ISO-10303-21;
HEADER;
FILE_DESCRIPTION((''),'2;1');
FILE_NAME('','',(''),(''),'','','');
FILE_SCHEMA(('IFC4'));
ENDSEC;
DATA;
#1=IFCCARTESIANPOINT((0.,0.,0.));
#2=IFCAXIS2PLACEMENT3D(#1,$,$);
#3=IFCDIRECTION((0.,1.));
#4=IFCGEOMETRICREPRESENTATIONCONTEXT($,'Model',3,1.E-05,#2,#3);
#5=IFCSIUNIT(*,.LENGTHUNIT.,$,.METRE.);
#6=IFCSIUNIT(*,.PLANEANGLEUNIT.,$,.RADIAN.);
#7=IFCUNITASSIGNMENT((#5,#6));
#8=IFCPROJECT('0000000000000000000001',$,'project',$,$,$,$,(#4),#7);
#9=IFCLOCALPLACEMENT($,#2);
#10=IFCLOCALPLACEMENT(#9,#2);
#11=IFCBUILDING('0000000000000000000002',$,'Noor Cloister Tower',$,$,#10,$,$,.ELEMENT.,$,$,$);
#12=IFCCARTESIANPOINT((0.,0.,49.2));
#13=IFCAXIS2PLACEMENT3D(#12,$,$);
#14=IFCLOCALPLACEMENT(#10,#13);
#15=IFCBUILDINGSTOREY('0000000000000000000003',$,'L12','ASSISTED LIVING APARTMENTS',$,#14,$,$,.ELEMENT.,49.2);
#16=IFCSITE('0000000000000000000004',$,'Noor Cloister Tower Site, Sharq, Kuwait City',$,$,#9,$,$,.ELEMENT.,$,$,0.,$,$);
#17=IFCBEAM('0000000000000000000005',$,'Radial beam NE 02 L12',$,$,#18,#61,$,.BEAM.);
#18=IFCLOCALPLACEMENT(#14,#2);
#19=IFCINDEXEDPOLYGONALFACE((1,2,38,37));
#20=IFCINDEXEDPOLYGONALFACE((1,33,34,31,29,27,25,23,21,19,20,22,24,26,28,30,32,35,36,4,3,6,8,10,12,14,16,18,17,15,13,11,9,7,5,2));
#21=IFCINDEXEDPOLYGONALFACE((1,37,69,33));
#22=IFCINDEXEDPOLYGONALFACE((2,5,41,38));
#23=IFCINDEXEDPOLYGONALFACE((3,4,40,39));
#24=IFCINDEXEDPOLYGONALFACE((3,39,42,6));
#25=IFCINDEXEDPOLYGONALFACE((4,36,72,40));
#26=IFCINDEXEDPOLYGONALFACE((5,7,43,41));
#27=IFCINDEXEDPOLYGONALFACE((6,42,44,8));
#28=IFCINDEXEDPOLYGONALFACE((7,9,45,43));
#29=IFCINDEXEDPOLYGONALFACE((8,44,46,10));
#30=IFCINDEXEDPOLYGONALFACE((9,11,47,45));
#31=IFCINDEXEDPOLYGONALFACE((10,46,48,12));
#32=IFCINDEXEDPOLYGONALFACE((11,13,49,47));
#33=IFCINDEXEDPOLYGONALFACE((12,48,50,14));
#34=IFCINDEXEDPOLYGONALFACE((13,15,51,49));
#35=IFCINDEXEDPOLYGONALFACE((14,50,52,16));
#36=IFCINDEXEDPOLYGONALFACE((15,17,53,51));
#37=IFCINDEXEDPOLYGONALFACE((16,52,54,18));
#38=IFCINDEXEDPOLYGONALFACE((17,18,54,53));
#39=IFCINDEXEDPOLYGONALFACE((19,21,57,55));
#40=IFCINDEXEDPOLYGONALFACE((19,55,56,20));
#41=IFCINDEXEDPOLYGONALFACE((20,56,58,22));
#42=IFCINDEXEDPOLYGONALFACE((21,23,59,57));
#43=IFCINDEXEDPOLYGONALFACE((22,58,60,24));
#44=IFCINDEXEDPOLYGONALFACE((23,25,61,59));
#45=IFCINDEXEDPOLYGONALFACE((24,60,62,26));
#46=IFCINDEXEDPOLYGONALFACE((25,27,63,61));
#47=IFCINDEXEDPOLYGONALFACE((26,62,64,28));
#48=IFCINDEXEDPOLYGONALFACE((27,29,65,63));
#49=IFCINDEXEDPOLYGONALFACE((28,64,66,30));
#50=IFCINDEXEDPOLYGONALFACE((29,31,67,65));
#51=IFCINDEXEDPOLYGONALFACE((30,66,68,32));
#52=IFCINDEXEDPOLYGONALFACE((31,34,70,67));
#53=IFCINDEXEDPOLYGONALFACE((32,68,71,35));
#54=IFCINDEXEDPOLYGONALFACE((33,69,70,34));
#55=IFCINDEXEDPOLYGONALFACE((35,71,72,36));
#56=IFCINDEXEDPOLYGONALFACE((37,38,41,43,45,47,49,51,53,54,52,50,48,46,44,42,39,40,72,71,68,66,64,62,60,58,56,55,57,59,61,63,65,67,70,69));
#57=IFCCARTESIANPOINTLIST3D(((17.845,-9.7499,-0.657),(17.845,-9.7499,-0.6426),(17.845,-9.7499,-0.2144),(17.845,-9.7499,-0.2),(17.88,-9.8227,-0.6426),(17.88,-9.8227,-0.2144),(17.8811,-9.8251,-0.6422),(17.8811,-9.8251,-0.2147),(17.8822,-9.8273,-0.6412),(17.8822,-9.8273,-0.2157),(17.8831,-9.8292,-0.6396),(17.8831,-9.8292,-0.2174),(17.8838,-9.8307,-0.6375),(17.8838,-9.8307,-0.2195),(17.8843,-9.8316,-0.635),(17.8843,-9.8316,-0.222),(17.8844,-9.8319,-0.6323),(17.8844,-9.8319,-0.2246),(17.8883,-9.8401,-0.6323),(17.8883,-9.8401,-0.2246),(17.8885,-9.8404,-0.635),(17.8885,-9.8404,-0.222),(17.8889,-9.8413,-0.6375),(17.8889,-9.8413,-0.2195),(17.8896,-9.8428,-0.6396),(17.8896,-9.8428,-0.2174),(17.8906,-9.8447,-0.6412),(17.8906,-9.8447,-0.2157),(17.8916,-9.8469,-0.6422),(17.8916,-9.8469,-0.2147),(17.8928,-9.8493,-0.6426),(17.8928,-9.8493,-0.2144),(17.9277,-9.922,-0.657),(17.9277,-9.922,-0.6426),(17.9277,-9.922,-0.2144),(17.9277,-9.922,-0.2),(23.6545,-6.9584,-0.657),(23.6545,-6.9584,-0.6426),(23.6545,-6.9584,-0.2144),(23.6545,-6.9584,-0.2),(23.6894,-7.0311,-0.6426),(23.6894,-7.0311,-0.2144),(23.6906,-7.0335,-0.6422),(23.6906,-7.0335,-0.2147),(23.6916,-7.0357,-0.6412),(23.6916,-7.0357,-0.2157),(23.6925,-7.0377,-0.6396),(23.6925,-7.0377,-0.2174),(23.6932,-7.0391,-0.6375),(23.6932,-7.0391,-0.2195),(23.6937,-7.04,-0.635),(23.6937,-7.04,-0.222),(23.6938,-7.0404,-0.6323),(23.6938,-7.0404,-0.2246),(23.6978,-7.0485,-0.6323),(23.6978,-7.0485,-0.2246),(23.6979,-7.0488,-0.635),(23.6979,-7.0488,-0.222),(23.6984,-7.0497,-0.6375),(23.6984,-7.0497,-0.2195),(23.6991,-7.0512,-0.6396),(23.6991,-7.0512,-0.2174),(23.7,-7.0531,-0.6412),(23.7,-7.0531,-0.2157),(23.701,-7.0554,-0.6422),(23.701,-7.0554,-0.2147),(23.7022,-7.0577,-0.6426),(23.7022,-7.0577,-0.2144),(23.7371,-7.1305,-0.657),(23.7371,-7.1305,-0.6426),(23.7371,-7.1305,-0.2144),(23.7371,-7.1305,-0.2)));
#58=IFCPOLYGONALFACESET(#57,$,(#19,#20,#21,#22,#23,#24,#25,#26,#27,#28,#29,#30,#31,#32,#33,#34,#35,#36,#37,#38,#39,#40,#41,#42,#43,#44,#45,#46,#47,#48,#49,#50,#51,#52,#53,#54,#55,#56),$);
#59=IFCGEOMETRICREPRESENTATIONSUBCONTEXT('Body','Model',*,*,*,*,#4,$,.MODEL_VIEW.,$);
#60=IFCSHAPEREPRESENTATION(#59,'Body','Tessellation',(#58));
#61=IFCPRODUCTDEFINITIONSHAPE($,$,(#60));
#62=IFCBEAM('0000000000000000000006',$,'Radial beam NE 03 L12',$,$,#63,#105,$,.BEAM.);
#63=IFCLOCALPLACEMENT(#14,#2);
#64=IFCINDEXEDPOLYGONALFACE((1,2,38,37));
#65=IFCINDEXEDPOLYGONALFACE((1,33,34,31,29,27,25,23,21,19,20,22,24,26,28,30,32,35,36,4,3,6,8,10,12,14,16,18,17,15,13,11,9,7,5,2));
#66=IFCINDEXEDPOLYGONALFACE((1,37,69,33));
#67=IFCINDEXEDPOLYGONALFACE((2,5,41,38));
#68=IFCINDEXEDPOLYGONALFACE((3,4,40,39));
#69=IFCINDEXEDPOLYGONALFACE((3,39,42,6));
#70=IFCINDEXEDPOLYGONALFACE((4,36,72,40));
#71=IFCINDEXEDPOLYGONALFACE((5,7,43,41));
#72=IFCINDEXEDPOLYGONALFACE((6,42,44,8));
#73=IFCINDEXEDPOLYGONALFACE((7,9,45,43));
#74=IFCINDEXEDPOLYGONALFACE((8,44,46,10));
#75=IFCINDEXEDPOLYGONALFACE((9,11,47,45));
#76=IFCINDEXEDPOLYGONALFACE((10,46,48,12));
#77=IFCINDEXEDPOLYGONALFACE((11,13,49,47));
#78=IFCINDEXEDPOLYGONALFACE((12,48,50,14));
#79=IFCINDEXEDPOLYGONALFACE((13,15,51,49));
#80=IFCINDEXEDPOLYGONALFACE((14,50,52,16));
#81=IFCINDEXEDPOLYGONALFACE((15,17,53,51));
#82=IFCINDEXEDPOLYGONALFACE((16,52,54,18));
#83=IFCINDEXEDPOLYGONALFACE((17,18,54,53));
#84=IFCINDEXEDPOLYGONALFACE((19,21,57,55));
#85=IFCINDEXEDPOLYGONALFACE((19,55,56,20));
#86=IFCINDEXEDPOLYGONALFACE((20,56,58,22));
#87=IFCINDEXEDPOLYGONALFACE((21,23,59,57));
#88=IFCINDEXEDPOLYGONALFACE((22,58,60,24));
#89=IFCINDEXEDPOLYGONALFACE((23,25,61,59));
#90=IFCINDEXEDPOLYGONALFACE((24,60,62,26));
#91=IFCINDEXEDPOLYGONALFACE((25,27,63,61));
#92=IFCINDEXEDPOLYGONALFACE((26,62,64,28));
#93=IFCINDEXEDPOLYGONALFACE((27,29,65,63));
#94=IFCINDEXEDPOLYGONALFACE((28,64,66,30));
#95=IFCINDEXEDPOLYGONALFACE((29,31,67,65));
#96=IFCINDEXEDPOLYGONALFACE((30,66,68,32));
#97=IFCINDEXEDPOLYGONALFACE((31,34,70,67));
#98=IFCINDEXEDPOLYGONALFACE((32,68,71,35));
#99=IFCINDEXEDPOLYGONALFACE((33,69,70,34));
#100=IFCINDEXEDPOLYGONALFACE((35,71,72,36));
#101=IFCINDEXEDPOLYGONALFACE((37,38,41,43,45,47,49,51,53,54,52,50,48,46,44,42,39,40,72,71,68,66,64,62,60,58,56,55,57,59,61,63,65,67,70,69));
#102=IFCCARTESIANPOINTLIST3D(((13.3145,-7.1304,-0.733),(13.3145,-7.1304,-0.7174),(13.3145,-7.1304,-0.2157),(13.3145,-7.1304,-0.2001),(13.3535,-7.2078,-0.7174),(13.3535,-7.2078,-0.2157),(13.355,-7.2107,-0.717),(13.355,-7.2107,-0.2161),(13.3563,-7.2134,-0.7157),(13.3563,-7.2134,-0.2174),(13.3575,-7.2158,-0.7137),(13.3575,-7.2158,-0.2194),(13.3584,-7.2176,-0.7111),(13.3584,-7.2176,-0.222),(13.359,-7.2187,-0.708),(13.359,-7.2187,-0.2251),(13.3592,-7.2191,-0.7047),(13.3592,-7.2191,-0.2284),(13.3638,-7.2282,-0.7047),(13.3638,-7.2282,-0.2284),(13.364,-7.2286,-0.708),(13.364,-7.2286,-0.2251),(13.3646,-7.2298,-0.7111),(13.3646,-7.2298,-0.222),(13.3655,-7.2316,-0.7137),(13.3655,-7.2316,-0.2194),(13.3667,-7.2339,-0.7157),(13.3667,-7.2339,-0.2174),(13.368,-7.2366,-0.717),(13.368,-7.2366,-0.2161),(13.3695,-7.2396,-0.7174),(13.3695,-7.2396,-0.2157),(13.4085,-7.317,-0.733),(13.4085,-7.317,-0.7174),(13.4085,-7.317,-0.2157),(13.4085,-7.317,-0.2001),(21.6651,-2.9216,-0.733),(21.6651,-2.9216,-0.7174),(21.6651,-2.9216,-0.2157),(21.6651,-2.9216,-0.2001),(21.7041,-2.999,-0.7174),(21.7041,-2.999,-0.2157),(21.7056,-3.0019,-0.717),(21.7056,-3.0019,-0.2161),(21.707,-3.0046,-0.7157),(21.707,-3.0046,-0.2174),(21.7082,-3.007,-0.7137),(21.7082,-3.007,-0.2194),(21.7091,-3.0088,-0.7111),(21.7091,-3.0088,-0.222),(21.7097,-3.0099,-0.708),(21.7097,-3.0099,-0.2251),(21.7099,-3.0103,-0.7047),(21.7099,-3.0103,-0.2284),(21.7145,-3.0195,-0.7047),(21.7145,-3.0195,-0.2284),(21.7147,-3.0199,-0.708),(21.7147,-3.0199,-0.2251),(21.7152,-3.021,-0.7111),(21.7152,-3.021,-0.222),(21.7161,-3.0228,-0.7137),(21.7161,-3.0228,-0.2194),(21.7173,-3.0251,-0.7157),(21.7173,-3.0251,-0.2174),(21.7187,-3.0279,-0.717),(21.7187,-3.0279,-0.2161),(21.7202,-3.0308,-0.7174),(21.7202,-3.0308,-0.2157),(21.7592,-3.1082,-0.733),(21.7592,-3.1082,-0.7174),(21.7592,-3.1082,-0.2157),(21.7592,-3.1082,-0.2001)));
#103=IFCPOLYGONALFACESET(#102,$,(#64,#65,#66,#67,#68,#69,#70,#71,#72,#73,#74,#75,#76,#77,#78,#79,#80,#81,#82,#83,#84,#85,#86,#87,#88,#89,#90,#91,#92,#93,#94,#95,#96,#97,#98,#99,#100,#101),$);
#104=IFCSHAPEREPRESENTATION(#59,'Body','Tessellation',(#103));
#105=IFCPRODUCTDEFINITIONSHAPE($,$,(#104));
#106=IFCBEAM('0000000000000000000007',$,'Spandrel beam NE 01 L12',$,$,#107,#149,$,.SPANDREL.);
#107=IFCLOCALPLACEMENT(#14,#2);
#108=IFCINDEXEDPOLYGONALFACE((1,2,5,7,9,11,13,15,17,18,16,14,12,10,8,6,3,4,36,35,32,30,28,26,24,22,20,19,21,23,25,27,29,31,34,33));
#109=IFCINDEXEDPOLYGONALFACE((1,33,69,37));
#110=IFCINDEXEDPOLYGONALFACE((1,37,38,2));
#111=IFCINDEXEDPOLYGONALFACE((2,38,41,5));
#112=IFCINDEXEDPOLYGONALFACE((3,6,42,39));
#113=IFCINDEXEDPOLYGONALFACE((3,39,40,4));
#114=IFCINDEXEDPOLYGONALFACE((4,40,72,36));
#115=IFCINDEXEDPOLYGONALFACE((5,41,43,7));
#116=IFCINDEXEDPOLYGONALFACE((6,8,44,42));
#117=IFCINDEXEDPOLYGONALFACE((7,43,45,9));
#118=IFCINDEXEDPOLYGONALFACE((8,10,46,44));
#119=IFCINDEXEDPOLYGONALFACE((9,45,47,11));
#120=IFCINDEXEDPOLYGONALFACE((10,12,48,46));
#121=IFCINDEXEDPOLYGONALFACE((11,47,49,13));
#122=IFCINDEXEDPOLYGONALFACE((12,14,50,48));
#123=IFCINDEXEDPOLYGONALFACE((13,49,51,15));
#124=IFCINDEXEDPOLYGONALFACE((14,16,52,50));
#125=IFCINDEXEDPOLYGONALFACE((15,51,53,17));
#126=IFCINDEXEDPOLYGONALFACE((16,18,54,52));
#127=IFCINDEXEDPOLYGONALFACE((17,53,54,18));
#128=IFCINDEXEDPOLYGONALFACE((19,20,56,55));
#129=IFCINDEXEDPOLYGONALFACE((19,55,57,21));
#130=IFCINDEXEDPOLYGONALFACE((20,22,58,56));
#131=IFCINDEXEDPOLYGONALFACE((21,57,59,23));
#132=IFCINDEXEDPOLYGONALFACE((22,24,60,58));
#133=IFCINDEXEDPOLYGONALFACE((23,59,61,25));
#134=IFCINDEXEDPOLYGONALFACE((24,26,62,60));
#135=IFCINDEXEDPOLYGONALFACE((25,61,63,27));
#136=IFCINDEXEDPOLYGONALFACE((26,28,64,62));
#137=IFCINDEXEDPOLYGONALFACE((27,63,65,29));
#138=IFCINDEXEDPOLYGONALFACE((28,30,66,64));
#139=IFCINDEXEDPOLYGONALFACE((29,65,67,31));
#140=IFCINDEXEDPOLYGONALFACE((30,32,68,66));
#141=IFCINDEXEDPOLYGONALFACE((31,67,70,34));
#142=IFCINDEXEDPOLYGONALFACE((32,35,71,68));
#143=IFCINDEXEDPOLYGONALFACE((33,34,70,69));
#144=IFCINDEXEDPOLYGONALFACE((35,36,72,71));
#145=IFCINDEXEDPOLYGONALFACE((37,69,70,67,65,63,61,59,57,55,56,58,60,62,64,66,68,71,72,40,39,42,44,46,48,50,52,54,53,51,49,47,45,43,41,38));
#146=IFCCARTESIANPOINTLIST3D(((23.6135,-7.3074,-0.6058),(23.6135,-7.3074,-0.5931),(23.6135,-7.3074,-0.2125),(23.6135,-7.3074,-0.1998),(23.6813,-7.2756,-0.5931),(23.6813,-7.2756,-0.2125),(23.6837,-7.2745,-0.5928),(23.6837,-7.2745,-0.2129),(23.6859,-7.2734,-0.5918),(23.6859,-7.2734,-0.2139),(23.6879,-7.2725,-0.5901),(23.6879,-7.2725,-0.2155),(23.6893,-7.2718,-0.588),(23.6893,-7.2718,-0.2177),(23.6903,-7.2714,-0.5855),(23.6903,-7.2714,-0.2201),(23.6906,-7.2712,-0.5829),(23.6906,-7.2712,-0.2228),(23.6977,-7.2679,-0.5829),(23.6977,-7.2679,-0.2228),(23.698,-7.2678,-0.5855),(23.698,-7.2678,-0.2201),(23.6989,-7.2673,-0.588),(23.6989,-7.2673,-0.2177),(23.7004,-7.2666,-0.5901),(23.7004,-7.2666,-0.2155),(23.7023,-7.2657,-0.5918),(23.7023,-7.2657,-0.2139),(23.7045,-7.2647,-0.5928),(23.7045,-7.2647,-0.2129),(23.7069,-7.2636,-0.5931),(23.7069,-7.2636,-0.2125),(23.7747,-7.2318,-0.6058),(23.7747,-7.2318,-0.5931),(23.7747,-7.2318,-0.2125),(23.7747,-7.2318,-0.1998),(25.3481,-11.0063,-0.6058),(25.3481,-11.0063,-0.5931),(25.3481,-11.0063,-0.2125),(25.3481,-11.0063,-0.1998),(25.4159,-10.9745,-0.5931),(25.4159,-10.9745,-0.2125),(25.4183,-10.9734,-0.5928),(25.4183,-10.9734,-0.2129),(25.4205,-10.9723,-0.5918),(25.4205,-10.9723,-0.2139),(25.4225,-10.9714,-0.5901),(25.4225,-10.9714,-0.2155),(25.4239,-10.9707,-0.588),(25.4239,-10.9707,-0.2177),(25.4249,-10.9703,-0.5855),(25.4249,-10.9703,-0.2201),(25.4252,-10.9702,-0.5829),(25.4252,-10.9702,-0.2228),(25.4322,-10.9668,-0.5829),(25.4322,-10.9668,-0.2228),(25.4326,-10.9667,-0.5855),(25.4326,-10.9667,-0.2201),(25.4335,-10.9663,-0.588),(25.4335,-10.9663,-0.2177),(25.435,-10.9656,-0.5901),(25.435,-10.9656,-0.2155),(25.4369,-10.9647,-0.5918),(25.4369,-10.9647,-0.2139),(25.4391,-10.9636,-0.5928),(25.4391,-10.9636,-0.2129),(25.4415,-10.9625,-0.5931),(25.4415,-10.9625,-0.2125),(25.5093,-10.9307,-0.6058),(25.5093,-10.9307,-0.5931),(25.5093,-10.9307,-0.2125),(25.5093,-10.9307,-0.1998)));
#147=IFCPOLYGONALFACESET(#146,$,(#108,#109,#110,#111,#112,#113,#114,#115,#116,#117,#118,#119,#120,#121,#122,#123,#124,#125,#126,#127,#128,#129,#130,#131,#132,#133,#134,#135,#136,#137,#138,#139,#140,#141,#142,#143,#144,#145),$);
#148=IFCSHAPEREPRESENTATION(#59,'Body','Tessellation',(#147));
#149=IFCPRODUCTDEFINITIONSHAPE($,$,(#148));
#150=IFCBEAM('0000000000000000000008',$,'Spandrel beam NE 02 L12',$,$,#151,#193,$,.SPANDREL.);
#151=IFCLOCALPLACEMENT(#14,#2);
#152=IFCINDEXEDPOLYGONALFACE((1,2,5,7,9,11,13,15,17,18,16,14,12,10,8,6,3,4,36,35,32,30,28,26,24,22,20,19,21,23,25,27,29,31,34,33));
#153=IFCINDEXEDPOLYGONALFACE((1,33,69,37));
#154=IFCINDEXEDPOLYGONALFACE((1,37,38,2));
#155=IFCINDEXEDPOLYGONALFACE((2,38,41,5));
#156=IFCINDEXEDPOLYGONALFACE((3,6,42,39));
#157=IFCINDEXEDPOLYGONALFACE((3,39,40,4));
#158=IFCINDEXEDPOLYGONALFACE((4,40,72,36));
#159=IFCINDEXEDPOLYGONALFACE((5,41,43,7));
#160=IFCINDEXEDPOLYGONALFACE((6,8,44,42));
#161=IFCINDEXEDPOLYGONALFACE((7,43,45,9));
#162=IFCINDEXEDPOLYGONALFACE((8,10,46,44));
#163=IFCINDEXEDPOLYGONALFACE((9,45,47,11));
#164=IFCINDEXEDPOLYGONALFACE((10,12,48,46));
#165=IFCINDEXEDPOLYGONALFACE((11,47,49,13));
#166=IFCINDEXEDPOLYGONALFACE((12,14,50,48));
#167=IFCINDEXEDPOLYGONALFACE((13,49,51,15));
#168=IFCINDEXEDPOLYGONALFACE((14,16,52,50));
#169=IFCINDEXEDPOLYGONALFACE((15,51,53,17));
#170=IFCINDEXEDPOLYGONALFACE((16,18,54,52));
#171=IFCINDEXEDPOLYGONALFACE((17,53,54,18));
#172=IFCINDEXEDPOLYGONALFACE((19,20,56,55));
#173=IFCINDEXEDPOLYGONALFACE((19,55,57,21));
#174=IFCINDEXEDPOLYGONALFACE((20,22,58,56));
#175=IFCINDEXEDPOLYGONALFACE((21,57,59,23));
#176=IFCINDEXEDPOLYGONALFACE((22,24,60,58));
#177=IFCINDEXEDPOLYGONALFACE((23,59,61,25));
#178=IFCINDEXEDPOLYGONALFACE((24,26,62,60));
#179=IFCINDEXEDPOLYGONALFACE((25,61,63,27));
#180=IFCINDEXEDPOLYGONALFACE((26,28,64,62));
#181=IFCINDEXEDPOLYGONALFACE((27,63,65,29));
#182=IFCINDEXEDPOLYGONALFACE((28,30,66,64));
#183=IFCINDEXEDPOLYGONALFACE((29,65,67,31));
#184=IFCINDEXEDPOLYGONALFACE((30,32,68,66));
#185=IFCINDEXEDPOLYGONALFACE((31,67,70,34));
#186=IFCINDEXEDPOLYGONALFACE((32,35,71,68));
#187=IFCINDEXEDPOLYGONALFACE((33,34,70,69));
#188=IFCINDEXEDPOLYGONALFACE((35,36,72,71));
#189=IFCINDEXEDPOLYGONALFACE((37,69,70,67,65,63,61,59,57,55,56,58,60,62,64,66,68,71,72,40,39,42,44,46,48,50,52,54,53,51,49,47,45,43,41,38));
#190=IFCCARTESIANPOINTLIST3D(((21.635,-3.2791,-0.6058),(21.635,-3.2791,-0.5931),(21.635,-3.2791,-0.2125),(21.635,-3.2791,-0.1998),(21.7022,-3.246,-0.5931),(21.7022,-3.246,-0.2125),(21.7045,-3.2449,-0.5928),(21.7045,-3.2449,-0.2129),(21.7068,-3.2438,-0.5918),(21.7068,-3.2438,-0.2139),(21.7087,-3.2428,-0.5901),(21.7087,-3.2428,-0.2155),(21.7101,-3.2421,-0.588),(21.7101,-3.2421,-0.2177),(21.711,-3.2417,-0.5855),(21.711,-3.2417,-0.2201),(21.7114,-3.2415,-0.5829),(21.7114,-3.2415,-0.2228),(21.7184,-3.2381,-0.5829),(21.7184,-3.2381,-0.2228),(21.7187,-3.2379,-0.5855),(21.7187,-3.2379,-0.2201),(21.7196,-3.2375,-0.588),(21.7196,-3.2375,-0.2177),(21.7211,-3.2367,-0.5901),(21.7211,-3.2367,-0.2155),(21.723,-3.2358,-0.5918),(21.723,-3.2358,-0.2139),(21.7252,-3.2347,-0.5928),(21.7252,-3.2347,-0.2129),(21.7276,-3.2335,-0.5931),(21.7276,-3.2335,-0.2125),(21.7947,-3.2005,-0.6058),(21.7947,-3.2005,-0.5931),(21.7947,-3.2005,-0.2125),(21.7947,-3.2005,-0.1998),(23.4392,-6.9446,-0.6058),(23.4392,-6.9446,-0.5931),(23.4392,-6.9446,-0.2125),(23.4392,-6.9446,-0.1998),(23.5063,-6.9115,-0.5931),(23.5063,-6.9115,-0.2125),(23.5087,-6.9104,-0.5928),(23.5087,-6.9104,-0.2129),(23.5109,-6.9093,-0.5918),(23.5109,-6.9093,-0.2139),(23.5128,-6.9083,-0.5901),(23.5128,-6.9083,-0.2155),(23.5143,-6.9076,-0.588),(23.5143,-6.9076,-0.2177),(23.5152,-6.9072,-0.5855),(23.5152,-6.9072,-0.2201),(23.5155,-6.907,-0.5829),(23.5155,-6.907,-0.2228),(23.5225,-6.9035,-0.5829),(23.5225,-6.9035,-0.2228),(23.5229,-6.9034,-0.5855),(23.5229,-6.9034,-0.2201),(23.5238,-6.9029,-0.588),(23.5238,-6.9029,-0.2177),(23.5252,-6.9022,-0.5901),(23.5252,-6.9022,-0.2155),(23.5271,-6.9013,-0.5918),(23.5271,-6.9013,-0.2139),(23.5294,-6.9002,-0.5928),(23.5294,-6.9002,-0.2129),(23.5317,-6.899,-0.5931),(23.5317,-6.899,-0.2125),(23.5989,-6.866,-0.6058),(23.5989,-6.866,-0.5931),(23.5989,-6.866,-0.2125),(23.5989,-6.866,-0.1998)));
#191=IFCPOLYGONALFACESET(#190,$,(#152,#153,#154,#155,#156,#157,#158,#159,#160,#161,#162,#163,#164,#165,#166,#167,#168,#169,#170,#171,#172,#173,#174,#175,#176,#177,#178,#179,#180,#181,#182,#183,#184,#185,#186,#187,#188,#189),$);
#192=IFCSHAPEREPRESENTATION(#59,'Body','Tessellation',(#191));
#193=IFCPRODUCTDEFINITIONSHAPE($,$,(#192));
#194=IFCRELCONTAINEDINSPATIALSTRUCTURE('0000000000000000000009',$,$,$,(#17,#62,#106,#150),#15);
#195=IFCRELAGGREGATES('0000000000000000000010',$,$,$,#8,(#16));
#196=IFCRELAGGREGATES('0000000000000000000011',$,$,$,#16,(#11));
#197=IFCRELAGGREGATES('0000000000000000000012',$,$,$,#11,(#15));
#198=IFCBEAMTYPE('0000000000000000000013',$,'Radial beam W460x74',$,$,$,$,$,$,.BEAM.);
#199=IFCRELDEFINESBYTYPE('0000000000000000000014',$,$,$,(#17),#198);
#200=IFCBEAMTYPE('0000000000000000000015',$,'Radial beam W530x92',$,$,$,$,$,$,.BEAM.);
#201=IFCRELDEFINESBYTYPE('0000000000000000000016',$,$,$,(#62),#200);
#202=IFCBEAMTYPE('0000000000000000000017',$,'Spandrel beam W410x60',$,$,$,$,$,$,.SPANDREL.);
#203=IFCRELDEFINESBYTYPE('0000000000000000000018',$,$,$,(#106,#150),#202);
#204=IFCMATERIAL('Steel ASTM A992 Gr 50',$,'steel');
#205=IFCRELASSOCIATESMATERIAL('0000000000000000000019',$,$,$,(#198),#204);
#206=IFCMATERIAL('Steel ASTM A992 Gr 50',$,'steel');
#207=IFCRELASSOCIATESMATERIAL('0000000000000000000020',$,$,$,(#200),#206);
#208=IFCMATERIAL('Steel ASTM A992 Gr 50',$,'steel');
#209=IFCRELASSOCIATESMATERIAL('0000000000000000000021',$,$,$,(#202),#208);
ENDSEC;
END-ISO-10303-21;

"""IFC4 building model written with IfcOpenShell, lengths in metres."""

from ifc_helpers import new_model, si_unit, direction, frame, origin, origin_2d, place, context, subcontext, project, spatial, i_section, extrude, material, material_profile, profile_set, type_object, element, save


model = new_model("IFC4")

# Units and contexts
model_context = context("Model", 3, precision=1e-05, world=origin(), true_north=direction((0.0, 1.0)))
body_context = subcontext(model_context, "Body", "Model", "MODEL_VIEW")
ifc_project = project(units=[si_unit("LENGTHUNIT", "METRE"), si_unit("PLANEANGLEUNIT", "RADIAN")], contexts=[model_context])

# Site, building, storey
site_placement = place(None, origin())
site = spatial("IfcSite", under=ifc_project, at=site_placement, Name="Noor Cloister Tower Site, Sharq, Kuwait City", CompositionType="ELEMENT", RefElevation=0.0)
building_placement = place(site_placement, origin())
building = spatial("IfcBuilding", under=site, at=building_placement, Name="Noor Cloister Tower", CompositionType="ELEMENT")
storey_placement = place(building_placement, frame((0.0, 0.0, 49.2)))
storey = spatial("IfcBuildingStorey", under=building, at=storey_placement, Name="L12", Description="ASSISTED LIVING APARTMENTS", CompositionType="ELEMENT", Elevation=49.2)

# Beams
ifc_material_1 = material(Name="Steel ASTM A992 Gr 50", Category="steel")
ifc_material_profile_1 = material_profile(ifc_material_1, i_section(OverallWidth=0.1909, OverallDepth=0.457, WebThickness=0.009, FlangeThickness=0.0144, FilletRadius=0.0103, at=origin_2d()), Name="W460x74")
ifc_profile_set_1 = profile_set([ifc_material_profile_1], Name="Steel ASTM A992 Gr 50")
beam_type_1 = type_object("IfcBeamType", Name="Radial beam W460x74", PredefinedType="BEAM", material=ifc_profile_set_1)
beam_1_placement = place(storey_placement, frame((23.6958, -7.0444, -0.4285), z_axis=(-0.90134, -0.433113, 0.0), x_axis=(0.433113, -0.90134, 0.0)))
element("IfcBeam", 1, at=beam_1_placement, inside=storey, type_object=beam_type_1, Name="Radial beam NE 02 L12", PredefinedType="BEAM", context=body_context, shape_type="SweptSolid", body=[
    extrude(i_section(OverallWidth=0.1909, OverallDepth=0.457, WebThickness=0.009, FlangeThickness=0.0144, FilletRadius=0.0103, at=origin_2d()), origin(), (0.0, 0.0, 1.0), 6.4453),
])
ifc_material_2 = material(Name="Steel ASTM A992 Gr 50", Category="steel")
ifc_material_profile_2 = material_profile(ifc_material_2, i_section(OverallWidth=0.209, OverallDepth=0.533, WebThickness=0.0103, FlangeThickness=0.0156, FilletRadius=0.0127, at=origin_2d()), Name="W530x92")
ifc_profile_set_2 = profile_set([ifc_material_profile_2], Name="Steel ASTM A992 Gr 50")
beam_type_2 = type_object("IfcBeamType", Name="Radial beam W530x92", PredefinedType="BEAM", material=ifc_profile_set_2)
beam_2_placement = place(storey_placement, frame((21.7122, -3.0149, -0.4666), z_axis=(-0.892992, -0.450073, 0.0), x_axis=(0.450073, -0.892992, 0.0)))
element("IfcBeam", 2, at=beam_2_placement, inside=storey, type_object=beam_type_2, Name="Radial beam NE 03 L12", PredefinedType="BEAM", context=body_context, shape_type="SweptSolid", body=[
    extrude(i_section(OverallWidth=0.209, OverallDepth=0.533, WebThickness=0.0103, FlangeThickness=0.0156, FilletRadius=0.0127, at=origin_2d()), origin(), (0.0, 0.0, 1.0), 9.3513),
])
ifc_material_3 = material(Name="Steel ASTM A992 Gr 50", Category="steel")
ifc_material_profile_3 = material_profile(ifc_material_3, i_section(OverallWidth=0.178, OverallDepth=0.406, WebThickness=0.0078, FlangeThickness=0.0127, FilletRadius=0.0103, at=origin_2d()), Name="W410x60")
ifc_profile_set_3 = profile_set([ifc_material_profile_3], Name="Steel ASTM A992 Gr 50")
beam_type_3 = type_object("IfcBeamType", Name="Spandrel beam W410x60", PredefinedType="SPANDREL", material=ifc_profile_set_3)
for number, where, z_axis, x_axis, name in (
    (3, (25.4287, -10.9685, -0.4028), (-0.424579, 0.905391, 0.0), (-0.905391, -0.424579, 0.0), "Spandrel beam NE 01 L12"),
    (4, (23.519, -6.9053, -0.4028), (-0.441612, 0.897206, 0.0), (-0.897206, -0.441612, 0.0), "Spandrel beam NE 02 L12"),
):
    element("IfcBeam", number, at=place(storey_placement, frame(where, z_axis=z_axis, x_axis=x_axis)), inside=storey, type_object=beam_type_3, Name=name, PredefinedType="SPANDREL", context=body_context, shape_type="SweptSolid", body=[
        extrude(i_section(OverallWidth=0.178, OverallDepth=0.406, WebThickness=0.0078, FlangeThickness=0.0127, FilletRadius=0.0103, at=origin_2d()), origin(), (0.0, 0.0, 1.0), 4.0854),
    ])

save(model, "model.ifc")
